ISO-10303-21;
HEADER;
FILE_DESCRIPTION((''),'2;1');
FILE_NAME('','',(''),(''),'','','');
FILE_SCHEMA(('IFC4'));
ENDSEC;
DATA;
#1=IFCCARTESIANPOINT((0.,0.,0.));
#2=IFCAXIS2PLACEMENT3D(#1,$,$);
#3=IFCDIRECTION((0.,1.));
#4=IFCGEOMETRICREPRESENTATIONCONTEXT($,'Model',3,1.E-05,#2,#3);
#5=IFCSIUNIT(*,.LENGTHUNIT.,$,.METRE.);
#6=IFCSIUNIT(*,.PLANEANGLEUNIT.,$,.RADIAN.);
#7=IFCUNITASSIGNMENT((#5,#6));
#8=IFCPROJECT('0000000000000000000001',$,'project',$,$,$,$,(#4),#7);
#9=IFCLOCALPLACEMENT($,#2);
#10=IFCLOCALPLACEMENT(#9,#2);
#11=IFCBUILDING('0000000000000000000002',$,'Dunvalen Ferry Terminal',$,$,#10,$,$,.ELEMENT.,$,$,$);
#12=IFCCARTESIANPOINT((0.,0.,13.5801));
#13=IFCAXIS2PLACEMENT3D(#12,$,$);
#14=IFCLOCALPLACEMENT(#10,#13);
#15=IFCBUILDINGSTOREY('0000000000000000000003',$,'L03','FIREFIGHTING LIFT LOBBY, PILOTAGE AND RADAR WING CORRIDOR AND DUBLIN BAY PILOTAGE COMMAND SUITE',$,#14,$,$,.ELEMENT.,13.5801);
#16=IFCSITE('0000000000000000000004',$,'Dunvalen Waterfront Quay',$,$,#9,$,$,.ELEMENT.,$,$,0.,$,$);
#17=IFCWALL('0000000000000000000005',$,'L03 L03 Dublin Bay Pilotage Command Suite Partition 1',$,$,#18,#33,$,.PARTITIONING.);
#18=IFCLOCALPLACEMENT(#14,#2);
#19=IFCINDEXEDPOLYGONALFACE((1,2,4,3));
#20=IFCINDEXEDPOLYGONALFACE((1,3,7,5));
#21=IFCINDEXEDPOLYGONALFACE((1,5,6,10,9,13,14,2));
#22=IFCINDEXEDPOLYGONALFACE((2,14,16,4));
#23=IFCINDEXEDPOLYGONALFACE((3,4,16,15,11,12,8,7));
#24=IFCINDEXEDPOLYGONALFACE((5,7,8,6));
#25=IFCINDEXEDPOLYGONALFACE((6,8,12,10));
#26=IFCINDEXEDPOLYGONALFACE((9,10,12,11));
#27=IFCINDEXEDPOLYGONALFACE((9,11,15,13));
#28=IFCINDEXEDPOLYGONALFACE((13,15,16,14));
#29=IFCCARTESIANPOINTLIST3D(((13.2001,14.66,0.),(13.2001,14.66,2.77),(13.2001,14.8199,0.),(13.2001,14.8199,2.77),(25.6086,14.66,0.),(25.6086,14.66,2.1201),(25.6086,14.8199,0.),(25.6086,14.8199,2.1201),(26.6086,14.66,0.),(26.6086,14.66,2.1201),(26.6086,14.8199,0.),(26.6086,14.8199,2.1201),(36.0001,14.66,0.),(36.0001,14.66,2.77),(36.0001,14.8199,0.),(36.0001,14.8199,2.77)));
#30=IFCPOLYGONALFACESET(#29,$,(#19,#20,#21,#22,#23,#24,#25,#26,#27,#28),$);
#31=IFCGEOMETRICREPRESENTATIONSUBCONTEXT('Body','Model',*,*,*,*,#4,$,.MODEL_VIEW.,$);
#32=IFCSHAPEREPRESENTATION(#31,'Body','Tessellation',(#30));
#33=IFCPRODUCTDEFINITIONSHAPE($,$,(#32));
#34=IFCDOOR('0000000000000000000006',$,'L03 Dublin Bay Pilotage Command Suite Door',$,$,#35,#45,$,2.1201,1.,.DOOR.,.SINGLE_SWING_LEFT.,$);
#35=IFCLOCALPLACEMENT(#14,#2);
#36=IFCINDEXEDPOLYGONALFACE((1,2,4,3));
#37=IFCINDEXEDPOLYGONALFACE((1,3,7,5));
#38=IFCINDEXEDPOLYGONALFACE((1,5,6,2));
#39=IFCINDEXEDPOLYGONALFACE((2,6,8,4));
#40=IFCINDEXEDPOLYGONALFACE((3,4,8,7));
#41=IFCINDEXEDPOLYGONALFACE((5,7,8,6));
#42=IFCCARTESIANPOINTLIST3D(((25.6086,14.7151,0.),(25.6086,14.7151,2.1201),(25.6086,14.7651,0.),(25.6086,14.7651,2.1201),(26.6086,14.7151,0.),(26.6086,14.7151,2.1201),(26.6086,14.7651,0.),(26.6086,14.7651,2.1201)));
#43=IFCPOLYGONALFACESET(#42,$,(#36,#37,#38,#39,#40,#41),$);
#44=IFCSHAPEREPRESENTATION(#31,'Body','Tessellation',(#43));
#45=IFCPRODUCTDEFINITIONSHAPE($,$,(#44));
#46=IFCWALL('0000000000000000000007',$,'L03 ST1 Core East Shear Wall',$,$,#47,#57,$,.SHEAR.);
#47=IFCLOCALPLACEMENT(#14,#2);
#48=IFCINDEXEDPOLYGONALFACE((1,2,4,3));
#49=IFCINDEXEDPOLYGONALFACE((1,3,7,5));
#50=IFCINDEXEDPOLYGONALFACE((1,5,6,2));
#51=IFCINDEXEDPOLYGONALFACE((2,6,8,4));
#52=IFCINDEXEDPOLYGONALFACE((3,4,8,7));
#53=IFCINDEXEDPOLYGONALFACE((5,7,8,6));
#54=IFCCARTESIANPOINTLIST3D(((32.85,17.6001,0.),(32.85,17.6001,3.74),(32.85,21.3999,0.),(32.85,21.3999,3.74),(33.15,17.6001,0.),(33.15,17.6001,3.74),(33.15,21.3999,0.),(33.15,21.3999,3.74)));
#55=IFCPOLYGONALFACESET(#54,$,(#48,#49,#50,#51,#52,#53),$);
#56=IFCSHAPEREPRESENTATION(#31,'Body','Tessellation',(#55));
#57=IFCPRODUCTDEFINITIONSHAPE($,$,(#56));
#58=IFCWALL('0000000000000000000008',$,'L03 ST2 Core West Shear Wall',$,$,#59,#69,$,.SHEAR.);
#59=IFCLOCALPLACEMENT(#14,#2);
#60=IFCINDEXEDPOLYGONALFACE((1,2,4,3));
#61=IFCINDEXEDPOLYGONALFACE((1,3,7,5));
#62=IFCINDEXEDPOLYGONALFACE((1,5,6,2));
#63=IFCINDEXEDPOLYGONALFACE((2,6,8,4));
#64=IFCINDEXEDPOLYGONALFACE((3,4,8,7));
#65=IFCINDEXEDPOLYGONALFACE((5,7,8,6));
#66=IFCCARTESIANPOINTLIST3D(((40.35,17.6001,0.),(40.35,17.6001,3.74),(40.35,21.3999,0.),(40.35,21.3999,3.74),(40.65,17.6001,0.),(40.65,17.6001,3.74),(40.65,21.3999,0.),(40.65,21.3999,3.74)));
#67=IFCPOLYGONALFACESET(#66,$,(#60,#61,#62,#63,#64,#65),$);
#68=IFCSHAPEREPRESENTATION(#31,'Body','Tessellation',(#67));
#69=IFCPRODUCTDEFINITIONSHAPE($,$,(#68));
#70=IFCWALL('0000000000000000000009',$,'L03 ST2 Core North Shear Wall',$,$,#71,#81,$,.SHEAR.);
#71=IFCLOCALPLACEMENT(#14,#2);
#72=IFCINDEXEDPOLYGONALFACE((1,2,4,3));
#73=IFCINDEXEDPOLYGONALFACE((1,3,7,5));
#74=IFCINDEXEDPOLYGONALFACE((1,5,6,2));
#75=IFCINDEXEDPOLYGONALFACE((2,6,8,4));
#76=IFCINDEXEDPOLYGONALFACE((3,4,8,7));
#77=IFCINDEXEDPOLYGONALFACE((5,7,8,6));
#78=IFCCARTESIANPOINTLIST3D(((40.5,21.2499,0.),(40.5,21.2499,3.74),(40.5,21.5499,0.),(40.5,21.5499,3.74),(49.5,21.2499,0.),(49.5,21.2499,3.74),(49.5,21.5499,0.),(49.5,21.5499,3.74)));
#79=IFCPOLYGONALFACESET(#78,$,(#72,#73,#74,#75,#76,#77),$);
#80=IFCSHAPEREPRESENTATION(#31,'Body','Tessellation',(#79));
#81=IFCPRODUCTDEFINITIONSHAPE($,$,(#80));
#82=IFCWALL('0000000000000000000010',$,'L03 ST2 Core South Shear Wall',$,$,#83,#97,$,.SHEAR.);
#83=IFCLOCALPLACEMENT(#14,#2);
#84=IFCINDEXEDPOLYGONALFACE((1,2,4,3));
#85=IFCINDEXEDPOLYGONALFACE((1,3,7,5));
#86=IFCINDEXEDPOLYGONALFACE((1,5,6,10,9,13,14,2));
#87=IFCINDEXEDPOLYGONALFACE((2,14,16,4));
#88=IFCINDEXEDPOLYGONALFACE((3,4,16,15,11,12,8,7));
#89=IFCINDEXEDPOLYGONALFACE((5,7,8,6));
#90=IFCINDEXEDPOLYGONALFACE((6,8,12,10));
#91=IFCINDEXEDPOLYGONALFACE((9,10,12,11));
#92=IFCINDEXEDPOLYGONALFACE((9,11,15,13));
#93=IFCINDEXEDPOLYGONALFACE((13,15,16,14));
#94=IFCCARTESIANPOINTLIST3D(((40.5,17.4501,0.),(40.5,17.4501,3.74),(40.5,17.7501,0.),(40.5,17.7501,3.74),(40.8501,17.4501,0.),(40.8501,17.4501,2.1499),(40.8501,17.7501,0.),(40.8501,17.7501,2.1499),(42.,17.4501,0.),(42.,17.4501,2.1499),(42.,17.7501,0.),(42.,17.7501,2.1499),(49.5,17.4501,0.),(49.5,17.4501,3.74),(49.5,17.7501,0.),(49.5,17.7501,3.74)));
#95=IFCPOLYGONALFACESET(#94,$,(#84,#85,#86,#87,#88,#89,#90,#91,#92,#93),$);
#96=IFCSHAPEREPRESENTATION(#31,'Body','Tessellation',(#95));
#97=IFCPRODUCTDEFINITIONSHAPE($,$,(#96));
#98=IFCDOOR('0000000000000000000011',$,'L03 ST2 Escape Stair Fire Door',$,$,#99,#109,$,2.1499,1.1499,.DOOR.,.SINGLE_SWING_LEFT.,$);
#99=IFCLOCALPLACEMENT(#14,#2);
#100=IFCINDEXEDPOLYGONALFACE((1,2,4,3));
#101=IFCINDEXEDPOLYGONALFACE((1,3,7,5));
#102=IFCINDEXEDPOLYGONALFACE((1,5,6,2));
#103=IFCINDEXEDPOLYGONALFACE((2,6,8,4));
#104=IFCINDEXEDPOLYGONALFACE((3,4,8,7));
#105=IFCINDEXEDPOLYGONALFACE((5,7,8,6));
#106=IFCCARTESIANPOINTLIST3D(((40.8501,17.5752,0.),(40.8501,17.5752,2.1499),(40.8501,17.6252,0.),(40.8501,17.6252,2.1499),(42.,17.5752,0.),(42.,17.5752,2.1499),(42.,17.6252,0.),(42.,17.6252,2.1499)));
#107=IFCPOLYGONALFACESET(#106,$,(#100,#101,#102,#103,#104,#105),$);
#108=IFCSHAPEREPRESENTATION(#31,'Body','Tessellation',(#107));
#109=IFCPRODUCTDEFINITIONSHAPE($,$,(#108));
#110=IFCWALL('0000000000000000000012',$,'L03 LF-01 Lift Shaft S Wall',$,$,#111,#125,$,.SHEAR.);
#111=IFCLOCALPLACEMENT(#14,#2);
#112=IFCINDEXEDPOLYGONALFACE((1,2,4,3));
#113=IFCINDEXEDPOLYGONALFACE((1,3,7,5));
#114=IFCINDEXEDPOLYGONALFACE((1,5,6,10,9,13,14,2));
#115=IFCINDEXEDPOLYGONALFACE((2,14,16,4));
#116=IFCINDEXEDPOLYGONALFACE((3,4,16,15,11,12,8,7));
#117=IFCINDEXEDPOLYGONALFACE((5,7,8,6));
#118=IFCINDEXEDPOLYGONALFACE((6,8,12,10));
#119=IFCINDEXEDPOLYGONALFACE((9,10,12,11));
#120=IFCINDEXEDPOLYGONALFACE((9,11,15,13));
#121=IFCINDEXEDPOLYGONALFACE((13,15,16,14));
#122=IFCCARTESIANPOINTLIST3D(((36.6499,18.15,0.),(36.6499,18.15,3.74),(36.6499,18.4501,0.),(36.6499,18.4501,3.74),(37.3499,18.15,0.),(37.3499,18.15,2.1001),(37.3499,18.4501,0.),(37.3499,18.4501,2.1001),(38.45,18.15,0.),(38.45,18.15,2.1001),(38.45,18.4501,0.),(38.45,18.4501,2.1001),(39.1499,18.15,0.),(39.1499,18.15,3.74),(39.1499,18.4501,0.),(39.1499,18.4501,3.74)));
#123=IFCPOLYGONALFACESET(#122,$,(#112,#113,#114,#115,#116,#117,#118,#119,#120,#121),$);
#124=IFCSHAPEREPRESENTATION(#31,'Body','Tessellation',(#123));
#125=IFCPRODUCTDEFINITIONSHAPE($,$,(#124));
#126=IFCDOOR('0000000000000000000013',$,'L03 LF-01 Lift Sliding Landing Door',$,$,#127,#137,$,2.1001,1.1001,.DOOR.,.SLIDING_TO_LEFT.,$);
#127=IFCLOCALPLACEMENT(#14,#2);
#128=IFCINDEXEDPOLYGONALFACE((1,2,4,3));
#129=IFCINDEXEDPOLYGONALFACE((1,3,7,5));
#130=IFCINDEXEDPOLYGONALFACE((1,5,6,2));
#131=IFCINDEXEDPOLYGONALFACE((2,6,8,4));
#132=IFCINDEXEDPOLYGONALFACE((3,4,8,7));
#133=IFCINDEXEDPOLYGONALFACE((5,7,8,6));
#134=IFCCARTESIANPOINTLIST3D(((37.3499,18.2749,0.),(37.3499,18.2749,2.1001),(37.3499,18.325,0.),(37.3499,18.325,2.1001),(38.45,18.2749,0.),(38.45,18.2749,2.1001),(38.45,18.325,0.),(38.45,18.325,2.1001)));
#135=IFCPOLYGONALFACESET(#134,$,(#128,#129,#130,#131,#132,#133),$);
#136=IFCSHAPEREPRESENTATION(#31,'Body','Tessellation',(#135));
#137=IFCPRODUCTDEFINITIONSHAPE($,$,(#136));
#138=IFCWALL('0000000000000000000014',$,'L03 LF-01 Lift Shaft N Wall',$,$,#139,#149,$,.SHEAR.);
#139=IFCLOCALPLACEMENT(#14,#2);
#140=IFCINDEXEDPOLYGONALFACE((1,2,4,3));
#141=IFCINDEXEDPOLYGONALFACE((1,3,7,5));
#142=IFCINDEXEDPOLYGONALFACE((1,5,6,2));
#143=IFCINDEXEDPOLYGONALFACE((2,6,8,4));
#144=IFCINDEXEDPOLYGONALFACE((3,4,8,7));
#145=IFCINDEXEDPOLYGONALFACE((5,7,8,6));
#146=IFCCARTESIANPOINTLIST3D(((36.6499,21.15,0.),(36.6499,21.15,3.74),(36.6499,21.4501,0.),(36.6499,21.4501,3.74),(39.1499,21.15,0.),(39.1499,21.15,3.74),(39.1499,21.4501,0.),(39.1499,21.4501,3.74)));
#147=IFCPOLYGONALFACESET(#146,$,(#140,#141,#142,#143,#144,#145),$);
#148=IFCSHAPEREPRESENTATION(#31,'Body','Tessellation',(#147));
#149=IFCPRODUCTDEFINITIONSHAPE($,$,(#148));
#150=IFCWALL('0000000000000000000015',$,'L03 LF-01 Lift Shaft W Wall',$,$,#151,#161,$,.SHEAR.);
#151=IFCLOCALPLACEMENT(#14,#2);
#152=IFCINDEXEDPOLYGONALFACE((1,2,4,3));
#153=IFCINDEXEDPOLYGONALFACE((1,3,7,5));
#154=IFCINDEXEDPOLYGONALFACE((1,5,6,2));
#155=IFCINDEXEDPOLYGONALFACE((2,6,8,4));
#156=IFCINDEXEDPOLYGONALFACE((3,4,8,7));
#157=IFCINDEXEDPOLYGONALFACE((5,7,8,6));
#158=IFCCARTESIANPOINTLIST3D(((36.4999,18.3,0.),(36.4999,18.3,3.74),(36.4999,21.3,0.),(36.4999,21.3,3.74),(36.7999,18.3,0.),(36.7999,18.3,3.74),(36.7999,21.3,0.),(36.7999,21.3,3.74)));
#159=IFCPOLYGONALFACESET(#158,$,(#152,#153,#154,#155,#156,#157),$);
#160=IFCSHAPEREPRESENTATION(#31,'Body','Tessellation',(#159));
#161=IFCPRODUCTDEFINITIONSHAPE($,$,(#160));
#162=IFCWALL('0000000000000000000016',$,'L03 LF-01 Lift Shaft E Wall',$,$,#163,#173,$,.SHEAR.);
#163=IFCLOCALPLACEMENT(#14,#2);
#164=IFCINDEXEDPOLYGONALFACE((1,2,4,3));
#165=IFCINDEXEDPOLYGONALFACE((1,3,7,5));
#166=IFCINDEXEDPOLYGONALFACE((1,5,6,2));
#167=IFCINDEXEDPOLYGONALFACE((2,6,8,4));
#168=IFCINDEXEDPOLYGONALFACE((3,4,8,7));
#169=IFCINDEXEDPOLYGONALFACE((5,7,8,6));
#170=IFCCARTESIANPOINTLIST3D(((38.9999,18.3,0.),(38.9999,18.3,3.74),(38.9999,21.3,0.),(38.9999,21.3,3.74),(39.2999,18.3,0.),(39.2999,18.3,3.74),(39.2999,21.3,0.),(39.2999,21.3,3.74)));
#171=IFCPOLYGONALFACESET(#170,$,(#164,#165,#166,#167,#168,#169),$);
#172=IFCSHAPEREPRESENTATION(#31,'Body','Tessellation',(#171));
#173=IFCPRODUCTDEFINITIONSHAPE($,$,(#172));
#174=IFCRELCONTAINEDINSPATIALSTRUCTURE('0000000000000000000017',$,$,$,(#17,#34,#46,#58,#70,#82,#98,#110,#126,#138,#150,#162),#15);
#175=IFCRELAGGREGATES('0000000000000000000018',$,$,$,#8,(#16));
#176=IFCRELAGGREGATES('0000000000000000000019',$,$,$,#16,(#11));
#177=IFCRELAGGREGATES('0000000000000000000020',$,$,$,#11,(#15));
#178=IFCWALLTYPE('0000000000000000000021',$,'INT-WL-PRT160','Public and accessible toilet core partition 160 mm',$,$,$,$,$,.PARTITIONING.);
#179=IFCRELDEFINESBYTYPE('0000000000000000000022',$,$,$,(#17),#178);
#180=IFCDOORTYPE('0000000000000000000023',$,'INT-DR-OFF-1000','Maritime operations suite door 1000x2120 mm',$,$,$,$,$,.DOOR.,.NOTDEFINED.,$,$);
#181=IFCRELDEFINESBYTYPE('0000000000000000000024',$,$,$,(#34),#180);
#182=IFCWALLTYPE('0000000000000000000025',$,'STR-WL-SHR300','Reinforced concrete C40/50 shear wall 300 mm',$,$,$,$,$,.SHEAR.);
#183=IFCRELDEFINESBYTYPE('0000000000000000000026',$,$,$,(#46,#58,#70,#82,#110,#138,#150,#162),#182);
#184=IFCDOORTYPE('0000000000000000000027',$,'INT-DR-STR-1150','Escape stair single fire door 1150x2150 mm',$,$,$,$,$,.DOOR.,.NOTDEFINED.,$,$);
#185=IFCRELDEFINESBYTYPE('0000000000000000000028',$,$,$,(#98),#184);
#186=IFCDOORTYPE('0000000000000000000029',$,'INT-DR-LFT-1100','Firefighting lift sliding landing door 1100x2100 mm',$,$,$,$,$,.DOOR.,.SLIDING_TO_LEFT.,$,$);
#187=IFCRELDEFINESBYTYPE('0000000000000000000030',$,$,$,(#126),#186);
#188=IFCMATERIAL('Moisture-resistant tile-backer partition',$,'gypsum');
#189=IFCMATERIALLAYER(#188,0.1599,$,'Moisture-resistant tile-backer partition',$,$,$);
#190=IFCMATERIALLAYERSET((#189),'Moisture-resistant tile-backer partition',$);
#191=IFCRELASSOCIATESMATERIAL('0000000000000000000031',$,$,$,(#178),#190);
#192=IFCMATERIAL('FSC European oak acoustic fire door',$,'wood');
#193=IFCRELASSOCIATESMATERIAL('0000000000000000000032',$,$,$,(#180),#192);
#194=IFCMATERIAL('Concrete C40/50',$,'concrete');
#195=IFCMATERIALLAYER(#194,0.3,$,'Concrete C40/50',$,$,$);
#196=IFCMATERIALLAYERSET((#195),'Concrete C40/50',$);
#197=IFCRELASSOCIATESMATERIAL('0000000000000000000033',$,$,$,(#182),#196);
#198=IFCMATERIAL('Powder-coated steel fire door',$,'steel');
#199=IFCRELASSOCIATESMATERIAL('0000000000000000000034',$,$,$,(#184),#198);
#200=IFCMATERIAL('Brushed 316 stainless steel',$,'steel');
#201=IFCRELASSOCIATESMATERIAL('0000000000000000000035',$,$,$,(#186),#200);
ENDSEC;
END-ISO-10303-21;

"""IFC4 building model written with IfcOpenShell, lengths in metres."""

from ifc_helpers import new_model, si_unit, direction, frame, frame_2d, origin, place, context, subcontext, project, spatial, rectangle, extrude, material, layer, layer_set, type_object, element, fill, save


model = new_model("IFC4")

# Units and contexts
model_context = context("Model", 3, precision=1e-05, world=origin(), true_north=direction((0.0, 1.0)))
body_context = subcontext(model_context, "Body", "Model", "MODEL_VIEW")
ifc_project = project(units=[si_unit("LENGTHUNIT", "METRE"), si_unit("PLANEANGLEUNIT", "RADIAN")], contexts=[model_context])

# Site, building, storey
site_placement = place(None, origin())
site = spatial("IfcSite", under=ifc_project, at=site_placement, Name="Dunvalen Waterfront Quay", CompositionType="ELEMENT", RefElevation=0.0)
building_placement = place(site_placement, origin())
building = spatial("IfcBuilding", under=site, at=building_placement, Name="Dunvalen Ferry Terminal", CompositionType="ELEMENT")
storey_placement = place(building_placement, frame((0.0, 0.0, 13.5801)))
storey = spatial("IfcBuildingStorey", under=building, at=storey_placement, Name="L03", Description="FIREFIGHTING LIFT LOBBY, PILOTAGE AND RADAR WING CORRIDOR AND DUBLIN BAY PILOTAGE COMMAND SUITE", CompositionType="ELEMENT", Elevation=13.5801)

# Shared definitions
ifc_material_1 = material(Name="Concrete C40/50", Category="concrete")

# Wall, opening, door
ifc_material_2 = material(Name="Powder-coated steel fire door", Category="steel")
ifc_material_3 = material(Name="Moisture-resistant tile-backer partition", Category="gypsum")
ifc_layer_1 = layer(ifc_material_3, 0.1599, Name="Moisture-resistant tile-backer partition")
ifc_layer_set_1 = layer_set([ifc_layer_1], Name="Moisture-resistant tile-backer partition")
wall_type_1 = type_object("IfcWallType", Name="INT-WL-PRT160", Description="Public and accessible toilet core partition 160 mm", PredefinedType="PARTITIONING", material=ifc_layer_set_1)
wall_1_placement = place(storey_placement, frame((36.0, 14.74, 0.0), z_axis=(0.0, 0.0, 1.0), x_axis=(-1.0, 0.0, 0.0)))
wall_1 = element("IfcWall", 1, at=wall_1_placement, inside=storey, type_object=wall_type_1, Name="L03 L03 Dublin Bay Pilotage Command Suite Partition 1", PredefinedType="PARTITIONING", context=body_context, shape_type="SweptSolid", body=[
    extrude(rectangle(XDim=22.8, YDim=0.1599, at=frame_2d((11.3999, 0.0))), origin(), (0.0, 0.0, 1.0), 2.77),
])
opening_1_placement = place(wall_1_placement, frame((9.3914, 0.0, 0.0)))
opening_1 = element("IfcOpeningElement", 2, at=opening_1_placement, cuts=wall_1, PredefinedType="OPENING", context=body_context, shape_type="SweptSolid", body=[
    extrude(rectangle(XDim=1.0, YDim=2.1201, at=frame_2d((0.5, 1.0601))), frame((0.0, 0.0898, 0.0), z_axis=(0.0, -1.0, 0.0), x_axis=(1.0, 0.0, 0.0)), (0.0, 0.0, 1.0), 0.1799),
])
ifc_material_4 = material(Name="FSC European oak acoustic fire door", Category="wood")
door_type_1 = type_object("IfcDoorType", Name="INT-DR-OFF-1000", Description="Maritime operations suite door 1000x2120 mm", OperationType="NOTDEFINED", PredefinedType="DOOR", material=ifc_material_4)
door_1_placement = place(opening_1_placement, origin())
door_1 = element("IfcDoor", 3, at=door_1_placement, inside=storey, type_object=door_type_1, Name="L03 Dublin Bay Pilotage Command Suite Door", OperationType="SINGLE_SWING_LEFT", OverallHeight=2.1201, OverallWidth=1.0, PredefinedType="DOOR", context=body_context, shape_type="SweptSolid", body=[
    extrude(rectangle(XDim=1.0, YDim=2.1201, at=frame_2d((0.5, 1.0601))), frame((0.0, 0.0249, 0.0), z_axis=(0.0, -1.0, 0.0), x_axis=(1.0, 0.0, 0.0)), (0.0, 0.0, 1.0), 0.05),
])
fill(opening_1, door_1)

# Walls
ifc_layer_2 = layer(ifc_material_1, 0.3, Name="Concrete C40/50")
ifc_layer_set_2 = layer_set([ifc_layer_2], Name="Concrete C40/50")
wall_type_2 = type_object("IfcWallType", Name="STR-WL-SHR300", Description="Reinforced concrete C40/50 shear wall 300 mm", PredefinedType="SHEAR", material=ifc_layer_set_2)
for number, where, z_axis, x_axis, name in (
    (4, (33.0, 17.6001, 0.0), (0.0, 0.0, 1.0), (0.0, 1.0, 0.0), "L03 ST1 Core East Shear Wall"),
    (5, (40.5, 17.6001, 0.0), (0.0, 0.0, 1.0), (0.0, 1.0, 0.0), "L03 ST2 Core West Shear Wall"),
):
    element("IfcWall", number, at=place(storey_placement, frame(where, z_axis=z_axis, x_axis=x_axis)), inside=storey, type_object=wall_type_2, Name=name, PredefinedType="SHEAR", context=body_context, shape_type="SweptSolid", body=[
        extrude(rectangle(XDim=3.7998, YDim=0.3, at=frame_2d((1.8999, 0.0))), origin(), (0.0, 0.0, 1.0), 3.74),
    ])
wall_2_placement = place(storey_placement, frame((40.5, 21.3999, 0.0), z_axis=(0.0, 0.0, 1.0), x_axis=(1.0, 0.0, 0.0)))
element("IfcWall", 6, at=wall_2_placement, inside=storey, type_object=wall_type_2, Name="L03 ST2 Core North Shear Wall", PredefinedType="SHEAR", context=body_context, shape_type="SweptSolid", body=[
    extrude(rectangle(XDim=9.0, YDim=0.3, at=frame_2d((4.5, 0.0))), origin(), (0.0, 0.0, 1.0), 3.74),
])

# Walls, openings, doors
wall_3_placement = place(storey_placement, frame((40.5, 17.6001, 0.0), z_axis=(0.0, 0.0, 1.0), x_axis=(1.0, 0.0, 0.0)))
wall_3 = element("IfcWall", 7, at=wall_3_placement, inside=storey, type_object=wall_type_2, Name="L03 ST2 Core South Shear Wall", PredefinedType="SHEAR", context=body_context, shape_type="SweptSolid", body=[
    extrude(rectangle(XDim=9.0, YDim=0.3, at=frame_2d((4.5, 0.0))), origin(), (0.0, 0.0, 1.0), 3.74),
])
opening_2_placement = place(wall_3_placement, frame((0.3501, 0.0, 0.0)))
opening_2 = element("IfcOpeningElement", 8, at=opening_2_placement, cuts=wall_3, PredefinedType="OPENING", context=body_context, shape_type="SweptSolid", body=[
    extrude(rectangle(XDim=1.1499, YDim=2.1499, at=frame_2d((0.575, 1.075))), frame((0.0, 0.1602, 0.0), z_axis=(0.0, -1.0, 0.0), x_axis=(1.0, 0.0, 0.0)), (0.0, 0.0, 1.0), 0.3201),
])
door_type_2 = type_object("IfcDoorType", Name="INT-DR-STR-1150", Description="Escape stair single fire door 1150x2150 mm", OperationType="NOTDEFINED", PredefinedType="DOOR", material=ifc_material_2)
door_2_placement = place(opening_2_placement, frame((1.1499, 0.0, 0.0), z_axis=(0.0, 0.0, 1.0), x_axis=(-1.0, 0.0, 0.0)))
door_2 = element("IfcDoor", 9, at=door_2_placement, inside=storey, type_object=door_type_2, Name="L03 ST2 Escape Stair Fire Door", OperationType="SINGLE_SWING_LEFT", OverallHeight=2.1499, OverallWidth=1.1499, PredefinedType="DOOR", context=body_context, shape_type="SweptSolid", body=[
    extrude(rectangle(XDim=1.1499, YDim=2.1499, at=frame_2d((0.575, 1.075))), frame((0.0, 0.0249, 0.0), z_axis=(0.0, -1.0, 0.0), x_axis=(1.0, 0.0, 0.0)), (0.0, 0.0, 1.0), 0.05),
])
fill(opening_2, door_2)
wall_4_placement = place(storey_placement, frame((36.6499, 18.3, 0.0), z_axis=(0.0, 0.0, 1.0), x_axis=(1.0, 0.0, 0.0)))
wall_4 = element("IfcWall", 10, at=wall_4_placement, inside=storey, type_object=wall_type_2, Name="L03 LF-01 Lift Shaft S Wall", PredefinedType="SHEAR", context=body_context, shape_type="SweptSolid", body=[
    extrude(rectangle(XDim=2.5, YDim=0.3, at=frame_2d((1.25, 0.0))), origin(), (0.0, 0.0, 1.0), 3.74),
])
opening_3_placement = place(wall_4_placement, frame((0.7, 0.0, 0.0)))
opening_3 = element("IfcOpeningElement", 11, at=opening_3_placement, cuts=wall_4, PredefinedType="OPENING", context=body_context, shape_type="SweptSolid", body=[
    extrude(rectangle(XDim=1.1001, YDim=2.1001, at=frame_2d((0.55, 1.05))), frame((0.0, 0.1602, 0.0), z_axis=(0.0, -1.0, 0.0), x_axis=(1.0, 0.0, 0.0)), (0.0, 0.0, 1.0), 0.3201),
])
ifc_material_5 = material(Name="Brushed 316 stainless steel", Category="steel")
door_type_3 = type_object("IfcDoorType", Name="INT-DR-LFT-1100", Description="Firefighting lift sliding landing door 1100x2100 mm", OperationType="SLIDING_TO_LEFT", PredefinedType="DOOR", material=ifc_material_5)
door_3_placement = place(opening_3_placement, origin())
door_3 = element("IfcDoor", 12, at=door_3_placement, inside=storey, type_object=door_type_3, Name="L03 LF-01 Lift Sliding Landing Door", OperationType="SLIDING_TO_LEFT", OverallHeight=2.1001, OverallWidth=1.1001, PredefinedType="DOOR", context=body_context, shape_type="SweptSolid", body=[
    extrude(rectangle(XDim=1.1001, YDim=2.1001, at=frame_2d((0.55, 1.05))), frame((0.0, 0.0249, 0.0), z_axis=(0.0, -1.0, 0.0), x_axis=(1.0, 0.0, 0.0)), (0.0, 0.0, 1.0), 0.05),
])
fill(opening_3, door_3)

# Walls
wall_5_placement = place(storey_placement, frame((36.6499, 21.3, 0.0), z_axis=(0.0, 0.0, 1.0), x_axis=(1.0, 0.0, 0.0)))
element("IfcWall", 13, at=wall_5_placement, inside=storey, type_object=wall_type_2, Name="L03 LF-01 Lift Shaft N Wall", PredefinedType="SHEAR", context=body_context, shape_type="SweptSolid", body=[
    extrude(rectangle(XDim=2.5, YDim=0.3, at=frame_2d((1.25, 0.0))), origin(), (0.0, 0.0, 1.0), 3.74),
])
for number, where, z_axis, x_axis, name in (
    (14, (36.6499, 18.3, 0.0), (0.0, 0.0, 1.0), (0.0, 1.0, 0.0), "L03 LF-01 Lift Shaft W Wall"),
    (15, (39.1499, 18.3, 0.0), (0.0, 0.0, 1.0), (0.0, 1.0, 0.0), "L03 LF-01 Lift Shaft E Wall"),
):
    element("IfcWall", number, at=place(storey_placement, frame(where, z_axis=z_axis, x_axis=x_axis)), inside=storey, type_object=wall_type_2, Name=name, PredefinedType="SHEAR", context=body_context, shape_type="SweptSolid", body=[
        extrude(rectangle(XDim=3.0, YDim=0.3, at=frame_2d((1.5, 0.0))), origin(), (0.0, 0.0, 1.0), 3.74),
    ])

save(model, "model.ifc")
